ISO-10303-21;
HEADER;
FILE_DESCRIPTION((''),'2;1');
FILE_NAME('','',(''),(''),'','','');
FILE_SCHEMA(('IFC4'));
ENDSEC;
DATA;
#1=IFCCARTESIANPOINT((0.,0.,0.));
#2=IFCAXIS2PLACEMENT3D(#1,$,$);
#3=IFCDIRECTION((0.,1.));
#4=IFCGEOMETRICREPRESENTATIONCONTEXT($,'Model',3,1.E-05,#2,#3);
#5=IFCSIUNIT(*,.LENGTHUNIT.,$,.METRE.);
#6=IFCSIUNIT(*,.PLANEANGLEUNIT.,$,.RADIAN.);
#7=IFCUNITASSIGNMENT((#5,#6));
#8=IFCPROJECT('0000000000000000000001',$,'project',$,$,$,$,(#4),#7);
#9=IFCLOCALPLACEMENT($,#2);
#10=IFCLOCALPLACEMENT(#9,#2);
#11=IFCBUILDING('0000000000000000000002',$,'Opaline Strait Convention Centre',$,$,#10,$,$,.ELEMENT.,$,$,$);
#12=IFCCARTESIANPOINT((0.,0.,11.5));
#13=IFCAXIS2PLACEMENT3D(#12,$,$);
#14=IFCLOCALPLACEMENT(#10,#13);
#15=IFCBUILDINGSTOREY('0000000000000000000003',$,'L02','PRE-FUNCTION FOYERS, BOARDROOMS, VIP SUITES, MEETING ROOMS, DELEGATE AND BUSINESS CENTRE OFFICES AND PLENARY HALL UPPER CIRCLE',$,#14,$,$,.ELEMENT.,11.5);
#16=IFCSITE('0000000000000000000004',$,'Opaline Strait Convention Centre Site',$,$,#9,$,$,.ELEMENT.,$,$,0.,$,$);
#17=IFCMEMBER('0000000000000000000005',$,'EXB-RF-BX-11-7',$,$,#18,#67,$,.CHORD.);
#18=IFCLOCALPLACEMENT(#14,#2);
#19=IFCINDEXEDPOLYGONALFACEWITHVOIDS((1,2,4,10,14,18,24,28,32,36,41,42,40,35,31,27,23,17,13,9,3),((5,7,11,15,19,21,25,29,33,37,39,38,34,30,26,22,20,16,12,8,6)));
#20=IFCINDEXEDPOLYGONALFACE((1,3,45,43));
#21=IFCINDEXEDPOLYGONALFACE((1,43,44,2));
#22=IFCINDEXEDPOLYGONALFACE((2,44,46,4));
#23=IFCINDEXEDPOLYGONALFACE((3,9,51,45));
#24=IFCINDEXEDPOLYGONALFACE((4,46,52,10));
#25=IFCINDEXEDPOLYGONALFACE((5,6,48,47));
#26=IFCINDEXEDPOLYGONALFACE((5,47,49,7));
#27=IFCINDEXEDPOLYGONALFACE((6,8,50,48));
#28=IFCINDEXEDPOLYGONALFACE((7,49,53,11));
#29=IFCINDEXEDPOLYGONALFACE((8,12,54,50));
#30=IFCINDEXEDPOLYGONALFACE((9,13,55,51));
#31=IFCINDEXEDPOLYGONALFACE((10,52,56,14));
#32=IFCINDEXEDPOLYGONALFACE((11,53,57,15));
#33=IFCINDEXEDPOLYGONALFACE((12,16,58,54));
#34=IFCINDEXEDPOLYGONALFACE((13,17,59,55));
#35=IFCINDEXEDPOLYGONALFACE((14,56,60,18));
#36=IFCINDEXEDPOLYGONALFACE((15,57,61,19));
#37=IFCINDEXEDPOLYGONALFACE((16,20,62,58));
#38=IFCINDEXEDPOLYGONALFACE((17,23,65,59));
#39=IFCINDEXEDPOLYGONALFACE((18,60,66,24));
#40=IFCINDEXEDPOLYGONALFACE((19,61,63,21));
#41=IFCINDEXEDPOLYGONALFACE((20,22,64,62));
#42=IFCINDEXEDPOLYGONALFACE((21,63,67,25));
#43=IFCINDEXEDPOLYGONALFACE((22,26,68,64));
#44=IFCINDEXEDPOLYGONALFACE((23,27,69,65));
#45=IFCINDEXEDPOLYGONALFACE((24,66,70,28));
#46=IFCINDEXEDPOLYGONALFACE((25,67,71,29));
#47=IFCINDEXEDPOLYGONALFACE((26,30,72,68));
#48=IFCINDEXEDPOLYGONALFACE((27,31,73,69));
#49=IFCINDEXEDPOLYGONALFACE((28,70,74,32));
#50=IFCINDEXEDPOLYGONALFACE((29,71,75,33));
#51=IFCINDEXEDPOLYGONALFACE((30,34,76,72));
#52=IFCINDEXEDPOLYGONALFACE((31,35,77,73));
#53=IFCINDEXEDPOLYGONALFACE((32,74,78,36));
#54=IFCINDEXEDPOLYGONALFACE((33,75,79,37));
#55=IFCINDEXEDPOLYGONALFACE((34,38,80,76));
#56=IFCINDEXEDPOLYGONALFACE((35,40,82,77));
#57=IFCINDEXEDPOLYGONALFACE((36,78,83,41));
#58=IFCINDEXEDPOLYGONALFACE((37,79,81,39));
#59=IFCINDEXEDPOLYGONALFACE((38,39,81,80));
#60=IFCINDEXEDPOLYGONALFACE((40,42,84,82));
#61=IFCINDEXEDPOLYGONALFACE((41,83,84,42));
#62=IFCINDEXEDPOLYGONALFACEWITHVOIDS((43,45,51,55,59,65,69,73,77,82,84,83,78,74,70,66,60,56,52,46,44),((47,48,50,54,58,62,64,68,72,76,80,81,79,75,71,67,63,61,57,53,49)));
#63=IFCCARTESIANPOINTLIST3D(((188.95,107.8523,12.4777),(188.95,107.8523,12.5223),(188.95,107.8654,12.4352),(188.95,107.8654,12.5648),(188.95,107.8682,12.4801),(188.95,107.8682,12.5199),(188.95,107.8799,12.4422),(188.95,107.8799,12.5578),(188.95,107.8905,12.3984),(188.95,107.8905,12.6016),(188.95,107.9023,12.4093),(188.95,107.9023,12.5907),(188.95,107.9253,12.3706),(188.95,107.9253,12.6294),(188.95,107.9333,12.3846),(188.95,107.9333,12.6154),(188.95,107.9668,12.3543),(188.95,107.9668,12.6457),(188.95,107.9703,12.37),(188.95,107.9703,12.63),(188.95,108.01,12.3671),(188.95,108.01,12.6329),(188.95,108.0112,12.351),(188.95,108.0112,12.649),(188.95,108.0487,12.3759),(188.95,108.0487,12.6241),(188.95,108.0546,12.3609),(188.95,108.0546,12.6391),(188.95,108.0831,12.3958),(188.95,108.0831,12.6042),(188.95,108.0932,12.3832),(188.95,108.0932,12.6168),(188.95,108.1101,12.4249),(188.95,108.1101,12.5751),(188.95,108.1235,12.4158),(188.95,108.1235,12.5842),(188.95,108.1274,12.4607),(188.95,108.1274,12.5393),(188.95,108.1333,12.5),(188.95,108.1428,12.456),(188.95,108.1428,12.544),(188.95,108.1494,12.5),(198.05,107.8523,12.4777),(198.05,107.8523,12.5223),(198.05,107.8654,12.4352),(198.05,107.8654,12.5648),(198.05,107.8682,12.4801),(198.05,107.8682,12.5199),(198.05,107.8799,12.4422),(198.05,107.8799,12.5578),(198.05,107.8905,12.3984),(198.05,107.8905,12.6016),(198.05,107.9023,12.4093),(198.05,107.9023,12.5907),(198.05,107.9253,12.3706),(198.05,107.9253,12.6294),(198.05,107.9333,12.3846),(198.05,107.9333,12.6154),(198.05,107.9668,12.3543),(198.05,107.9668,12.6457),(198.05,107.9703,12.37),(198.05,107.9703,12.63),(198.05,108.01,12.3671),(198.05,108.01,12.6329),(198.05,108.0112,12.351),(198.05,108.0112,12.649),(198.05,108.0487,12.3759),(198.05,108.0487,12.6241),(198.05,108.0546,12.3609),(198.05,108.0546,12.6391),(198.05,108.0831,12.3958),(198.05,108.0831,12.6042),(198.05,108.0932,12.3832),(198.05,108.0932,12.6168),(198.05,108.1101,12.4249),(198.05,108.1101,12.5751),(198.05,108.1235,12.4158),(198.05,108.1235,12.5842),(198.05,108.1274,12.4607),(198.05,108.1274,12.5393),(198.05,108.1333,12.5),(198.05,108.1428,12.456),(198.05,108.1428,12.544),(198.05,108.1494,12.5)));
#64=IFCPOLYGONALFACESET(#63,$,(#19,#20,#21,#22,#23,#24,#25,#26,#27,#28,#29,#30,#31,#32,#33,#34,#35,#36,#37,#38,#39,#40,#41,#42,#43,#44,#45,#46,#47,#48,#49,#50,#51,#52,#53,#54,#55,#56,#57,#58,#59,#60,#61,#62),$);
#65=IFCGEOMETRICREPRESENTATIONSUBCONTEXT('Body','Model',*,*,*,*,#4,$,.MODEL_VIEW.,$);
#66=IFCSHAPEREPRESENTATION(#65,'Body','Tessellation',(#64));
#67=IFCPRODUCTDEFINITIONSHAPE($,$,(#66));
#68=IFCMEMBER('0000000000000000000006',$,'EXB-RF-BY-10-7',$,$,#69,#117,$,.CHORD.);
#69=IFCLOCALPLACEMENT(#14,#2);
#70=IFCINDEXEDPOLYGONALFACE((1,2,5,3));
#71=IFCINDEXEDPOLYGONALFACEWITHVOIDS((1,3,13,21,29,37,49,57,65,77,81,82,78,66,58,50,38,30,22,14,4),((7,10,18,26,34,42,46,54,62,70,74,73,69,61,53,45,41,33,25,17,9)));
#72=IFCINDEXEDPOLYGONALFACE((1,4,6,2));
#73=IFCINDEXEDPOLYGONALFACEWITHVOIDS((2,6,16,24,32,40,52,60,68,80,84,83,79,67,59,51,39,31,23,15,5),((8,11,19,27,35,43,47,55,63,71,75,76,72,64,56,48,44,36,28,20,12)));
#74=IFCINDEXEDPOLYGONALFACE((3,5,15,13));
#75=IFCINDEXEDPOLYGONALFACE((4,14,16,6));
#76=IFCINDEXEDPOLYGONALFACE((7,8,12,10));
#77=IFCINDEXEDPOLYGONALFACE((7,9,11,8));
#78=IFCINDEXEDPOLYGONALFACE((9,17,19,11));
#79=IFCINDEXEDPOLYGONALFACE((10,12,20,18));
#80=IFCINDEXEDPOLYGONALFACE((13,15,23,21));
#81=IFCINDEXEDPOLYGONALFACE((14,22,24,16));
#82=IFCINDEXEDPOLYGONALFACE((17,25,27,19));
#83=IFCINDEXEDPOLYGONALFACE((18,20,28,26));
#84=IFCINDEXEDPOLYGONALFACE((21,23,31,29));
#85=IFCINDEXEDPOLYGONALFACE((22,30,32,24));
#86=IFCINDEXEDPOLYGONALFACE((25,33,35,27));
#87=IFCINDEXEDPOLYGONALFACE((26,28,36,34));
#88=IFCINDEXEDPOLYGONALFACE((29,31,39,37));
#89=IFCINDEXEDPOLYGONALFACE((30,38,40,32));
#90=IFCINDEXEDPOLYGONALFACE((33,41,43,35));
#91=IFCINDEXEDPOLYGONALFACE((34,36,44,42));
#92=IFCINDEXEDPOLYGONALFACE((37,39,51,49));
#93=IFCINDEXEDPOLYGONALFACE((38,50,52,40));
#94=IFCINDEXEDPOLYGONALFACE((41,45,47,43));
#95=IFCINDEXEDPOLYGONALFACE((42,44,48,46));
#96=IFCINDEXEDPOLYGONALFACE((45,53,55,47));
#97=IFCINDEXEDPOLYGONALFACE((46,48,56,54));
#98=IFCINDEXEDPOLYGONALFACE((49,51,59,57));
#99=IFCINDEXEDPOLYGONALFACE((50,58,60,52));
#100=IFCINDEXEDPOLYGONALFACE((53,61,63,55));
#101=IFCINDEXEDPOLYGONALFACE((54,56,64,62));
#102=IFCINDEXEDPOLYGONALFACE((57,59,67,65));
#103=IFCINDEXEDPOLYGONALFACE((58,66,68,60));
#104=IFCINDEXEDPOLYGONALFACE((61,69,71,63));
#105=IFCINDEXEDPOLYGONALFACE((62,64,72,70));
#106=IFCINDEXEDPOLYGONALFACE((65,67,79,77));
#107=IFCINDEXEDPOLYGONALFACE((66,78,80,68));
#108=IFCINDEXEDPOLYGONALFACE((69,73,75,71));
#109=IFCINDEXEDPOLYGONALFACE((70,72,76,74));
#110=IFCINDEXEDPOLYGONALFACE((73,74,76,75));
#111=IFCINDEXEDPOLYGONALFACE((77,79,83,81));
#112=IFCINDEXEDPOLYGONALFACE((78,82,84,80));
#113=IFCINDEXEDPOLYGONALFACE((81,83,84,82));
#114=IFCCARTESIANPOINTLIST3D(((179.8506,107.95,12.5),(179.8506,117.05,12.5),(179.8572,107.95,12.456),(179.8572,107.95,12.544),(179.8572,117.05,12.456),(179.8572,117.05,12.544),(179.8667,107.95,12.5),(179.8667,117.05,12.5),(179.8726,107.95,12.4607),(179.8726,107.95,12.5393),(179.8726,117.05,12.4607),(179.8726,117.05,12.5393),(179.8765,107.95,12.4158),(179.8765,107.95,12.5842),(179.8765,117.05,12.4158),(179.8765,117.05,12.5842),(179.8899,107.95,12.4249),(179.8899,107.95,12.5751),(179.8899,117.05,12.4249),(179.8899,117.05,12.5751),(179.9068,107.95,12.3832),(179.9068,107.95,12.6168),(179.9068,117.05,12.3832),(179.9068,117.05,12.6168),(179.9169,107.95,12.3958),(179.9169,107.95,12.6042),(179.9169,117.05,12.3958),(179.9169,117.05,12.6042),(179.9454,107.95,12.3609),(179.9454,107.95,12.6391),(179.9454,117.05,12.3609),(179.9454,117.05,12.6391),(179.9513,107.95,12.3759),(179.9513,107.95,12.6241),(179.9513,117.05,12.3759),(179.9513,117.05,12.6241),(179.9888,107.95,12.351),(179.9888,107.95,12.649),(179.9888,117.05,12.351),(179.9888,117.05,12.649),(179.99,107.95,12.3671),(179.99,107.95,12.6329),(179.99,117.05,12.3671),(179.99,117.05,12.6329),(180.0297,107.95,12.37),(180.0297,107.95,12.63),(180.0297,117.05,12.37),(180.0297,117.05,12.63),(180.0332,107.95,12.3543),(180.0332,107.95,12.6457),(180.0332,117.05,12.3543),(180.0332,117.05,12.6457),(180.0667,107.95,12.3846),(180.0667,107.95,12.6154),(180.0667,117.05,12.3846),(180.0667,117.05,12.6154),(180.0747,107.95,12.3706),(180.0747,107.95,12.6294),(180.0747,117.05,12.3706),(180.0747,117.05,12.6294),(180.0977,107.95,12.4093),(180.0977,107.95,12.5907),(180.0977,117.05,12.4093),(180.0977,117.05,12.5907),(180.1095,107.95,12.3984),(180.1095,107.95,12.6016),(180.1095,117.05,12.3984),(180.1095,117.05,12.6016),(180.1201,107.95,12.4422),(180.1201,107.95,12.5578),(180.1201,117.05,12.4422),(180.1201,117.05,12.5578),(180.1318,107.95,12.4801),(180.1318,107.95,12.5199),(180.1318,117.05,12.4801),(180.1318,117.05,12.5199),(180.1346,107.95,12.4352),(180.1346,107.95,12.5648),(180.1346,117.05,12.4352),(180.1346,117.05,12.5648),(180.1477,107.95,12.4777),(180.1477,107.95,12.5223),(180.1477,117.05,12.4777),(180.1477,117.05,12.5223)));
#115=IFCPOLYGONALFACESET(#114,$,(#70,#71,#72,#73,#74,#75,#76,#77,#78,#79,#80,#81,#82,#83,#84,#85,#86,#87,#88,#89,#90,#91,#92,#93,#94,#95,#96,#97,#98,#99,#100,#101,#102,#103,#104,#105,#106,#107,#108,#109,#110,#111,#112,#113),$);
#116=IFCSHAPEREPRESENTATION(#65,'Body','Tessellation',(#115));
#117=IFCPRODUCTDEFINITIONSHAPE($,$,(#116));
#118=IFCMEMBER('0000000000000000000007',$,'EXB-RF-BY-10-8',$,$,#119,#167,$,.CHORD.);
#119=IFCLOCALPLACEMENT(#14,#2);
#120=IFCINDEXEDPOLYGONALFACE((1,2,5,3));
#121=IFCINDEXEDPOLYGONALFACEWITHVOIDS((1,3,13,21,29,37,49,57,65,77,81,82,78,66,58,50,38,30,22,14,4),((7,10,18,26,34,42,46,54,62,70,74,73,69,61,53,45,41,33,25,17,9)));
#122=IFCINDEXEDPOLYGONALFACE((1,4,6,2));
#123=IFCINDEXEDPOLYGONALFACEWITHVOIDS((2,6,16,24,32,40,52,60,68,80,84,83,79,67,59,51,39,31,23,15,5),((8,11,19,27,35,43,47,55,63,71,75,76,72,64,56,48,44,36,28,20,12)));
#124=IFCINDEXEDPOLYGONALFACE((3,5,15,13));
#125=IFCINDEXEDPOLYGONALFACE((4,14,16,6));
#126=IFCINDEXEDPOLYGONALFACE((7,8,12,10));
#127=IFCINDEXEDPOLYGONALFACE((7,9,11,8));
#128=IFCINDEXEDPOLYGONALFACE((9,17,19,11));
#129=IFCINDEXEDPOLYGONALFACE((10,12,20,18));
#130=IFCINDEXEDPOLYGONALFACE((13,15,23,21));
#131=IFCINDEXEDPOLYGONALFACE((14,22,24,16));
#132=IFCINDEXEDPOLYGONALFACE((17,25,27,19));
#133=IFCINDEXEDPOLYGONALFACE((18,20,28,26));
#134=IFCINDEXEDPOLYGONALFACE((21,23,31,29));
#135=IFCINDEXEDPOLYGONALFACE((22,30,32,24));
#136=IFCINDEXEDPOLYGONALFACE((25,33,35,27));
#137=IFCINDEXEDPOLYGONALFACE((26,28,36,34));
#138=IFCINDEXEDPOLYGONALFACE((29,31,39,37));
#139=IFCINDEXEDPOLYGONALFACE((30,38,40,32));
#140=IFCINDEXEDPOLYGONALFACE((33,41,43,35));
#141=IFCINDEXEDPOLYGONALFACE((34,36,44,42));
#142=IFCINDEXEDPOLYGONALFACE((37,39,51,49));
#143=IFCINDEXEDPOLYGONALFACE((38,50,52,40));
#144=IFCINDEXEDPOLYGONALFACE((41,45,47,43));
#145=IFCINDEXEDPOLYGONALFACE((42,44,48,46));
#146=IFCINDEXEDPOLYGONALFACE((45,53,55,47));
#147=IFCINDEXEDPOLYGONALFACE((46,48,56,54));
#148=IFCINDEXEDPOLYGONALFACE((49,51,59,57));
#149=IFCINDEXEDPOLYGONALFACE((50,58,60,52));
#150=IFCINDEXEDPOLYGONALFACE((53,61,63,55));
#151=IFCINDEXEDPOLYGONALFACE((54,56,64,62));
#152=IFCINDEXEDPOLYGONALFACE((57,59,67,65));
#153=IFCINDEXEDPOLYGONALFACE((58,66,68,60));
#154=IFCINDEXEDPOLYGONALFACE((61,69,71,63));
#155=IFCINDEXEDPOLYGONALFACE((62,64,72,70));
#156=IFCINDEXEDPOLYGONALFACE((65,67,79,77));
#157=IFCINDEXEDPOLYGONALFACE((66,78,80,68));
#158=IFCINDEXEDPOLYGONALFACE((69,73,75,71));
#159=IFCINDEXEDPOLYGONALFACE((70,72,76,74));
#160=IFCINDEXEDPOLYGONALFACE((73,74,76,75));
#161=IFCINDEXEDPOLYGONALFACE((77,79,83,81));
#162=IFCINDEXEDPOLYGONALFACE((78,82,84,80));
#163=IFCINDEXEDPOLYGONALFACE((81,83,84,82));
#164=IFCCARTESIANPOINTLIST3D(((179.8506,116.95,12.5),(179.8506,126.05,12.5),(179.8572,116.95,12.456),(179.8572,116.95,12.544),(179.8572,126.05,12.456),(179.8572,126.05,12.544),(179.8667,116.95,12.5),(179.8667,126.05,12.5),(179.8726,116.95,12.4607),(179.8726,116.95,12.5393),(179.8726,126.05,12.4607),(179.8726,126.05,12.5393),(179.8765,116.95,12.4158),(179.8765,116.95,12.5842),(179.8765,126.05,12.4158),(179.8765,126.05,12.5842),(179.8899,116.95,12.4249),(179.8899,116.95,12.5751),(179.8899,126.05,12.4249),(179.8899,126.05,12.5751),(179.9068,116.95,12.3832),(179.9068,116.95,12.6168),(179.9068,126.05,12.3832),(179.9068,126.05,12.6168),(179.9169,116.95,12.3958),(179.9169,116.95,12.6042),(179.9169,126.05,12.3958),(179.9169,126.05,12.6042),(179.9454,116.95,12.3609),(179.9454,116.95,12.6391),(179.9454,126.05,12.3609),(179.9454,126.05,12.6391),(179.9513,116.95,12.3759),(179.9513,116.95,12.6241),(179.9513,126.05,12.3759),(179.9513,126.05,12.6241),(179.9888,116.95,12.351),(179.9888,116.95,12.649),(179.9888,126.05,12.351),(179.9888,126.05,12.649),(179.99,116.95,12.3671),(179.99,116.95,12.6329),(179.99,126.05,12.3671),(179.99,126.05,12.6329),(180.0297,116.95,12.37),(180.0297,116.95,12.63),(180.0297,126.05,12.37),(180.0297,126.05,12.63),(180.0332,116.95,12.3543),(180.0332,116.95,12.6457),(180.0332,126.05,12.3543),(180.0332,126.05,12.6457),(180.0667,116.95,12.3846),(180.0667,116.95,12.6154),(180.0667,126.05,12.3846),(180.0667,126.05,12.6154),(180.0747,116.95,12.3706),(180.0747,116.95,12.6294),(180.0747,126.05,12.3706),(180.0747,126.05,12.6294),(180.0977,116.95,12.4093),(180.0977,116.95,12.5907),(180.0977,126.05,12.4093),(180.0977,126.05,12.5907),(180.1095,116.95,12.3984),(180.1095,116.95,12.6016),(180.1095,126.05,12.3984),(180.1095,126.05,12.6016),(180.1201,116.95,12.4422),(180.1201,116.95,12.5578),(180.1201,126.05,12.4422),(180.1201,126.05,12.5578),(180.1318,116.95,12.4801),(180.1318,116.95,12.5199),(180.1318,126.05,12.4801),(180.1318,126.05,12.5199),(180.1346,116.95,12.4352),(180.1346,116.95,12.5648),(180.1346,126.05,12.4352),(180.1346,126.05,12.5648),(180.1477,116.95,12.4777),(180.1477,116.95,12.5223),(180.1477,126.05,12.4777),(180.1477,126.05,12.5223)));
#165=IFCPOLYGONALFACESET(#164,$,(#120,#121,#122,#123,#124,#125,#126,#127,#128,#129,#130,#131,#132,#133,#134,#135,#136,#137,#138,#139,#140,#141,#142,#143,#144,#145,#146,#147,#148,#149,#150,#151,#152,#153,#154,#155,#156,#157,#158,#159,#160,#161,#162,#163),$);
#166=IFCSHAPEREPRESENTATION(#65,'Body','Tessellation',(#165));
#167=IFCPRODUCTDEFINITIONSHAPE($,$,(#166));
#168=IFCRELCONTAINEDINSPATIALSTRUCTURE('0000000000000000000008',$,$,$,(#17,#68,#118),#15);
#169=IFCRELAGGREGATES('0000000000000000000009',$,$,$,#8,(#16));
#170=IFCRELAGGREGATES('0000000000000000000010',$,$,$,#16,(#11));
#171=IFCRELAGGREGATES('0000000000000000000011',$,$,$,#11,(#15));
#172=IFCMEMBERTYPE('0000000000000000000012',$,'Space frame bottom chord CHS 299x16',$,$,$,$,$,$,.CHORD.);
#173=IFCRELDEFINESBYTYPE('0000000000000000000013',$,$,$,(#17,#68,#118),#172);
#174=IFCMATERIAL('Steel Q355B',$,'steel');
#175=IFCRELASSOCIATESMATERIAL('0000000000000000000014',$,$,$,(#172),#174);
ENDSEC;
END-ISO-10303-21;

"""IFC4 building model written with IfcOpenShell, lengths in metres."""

from ifc_helpers import new_model, si_unit, direction, frame, origin, origin_2d, place, context, subcontext, project, spatial, hollow_circle, extrude, material, material_profile, profile_set, type_object, element, save


model = new_model("IFC4")

# Units and contexts
model_context = context("Model", 3, precision=1e-05, world=origin(), true_north=direction((0.0, 1.0)))
body_context = subcontext(model_context, "Body", "Model", "MODEL_VIEW")
ifc_project = project(units=[si_unit("LENGTHUNIT", "METRE"), si_unit("PLANEANGLEUNIT", "RADIAN")], contexts=[model_context])

# Site, building, storey
site_placement = place(None, origin())
site = spatial("IfcSite", under=ifc_project, at=site_placement, Name="Opaline Strait Convention Centre Site", CompositionType="ELEMENT", RefElevation=0.0)
building_placement = place(site_placement, origin())
building = spatial("IfcBuilding", under=site, at=building_placement, Name="Opaline Strait Convention Centre", CompositionType="ELEMENT")
storey_placement = place(building_placement, frame((0.0, 0.0, 11.5)))
storey = spatial("IfcBuildingStorey", under=building, at=storey_placement, Name="L02", Description="PRE-FUNCTION FOYERS, BOARDROOMS, VIP SUITES, MEETING ROOMS, DELEGATE AND BUSINESS CENTRE OFFICES AND PLENARY HALL UPPER CIRCLE", CompositionType="ELEMENT", Elevation=11.5)

# Members
ifc_material = material(Name="Steel Q355B", Category="steel")
ifc_material_profile_1 = material_profile(ifc_material, hollow_circle(Radius=0.1494, WallThickness=0.0161, at=origin_2d()), Name="CHS 299x16")
ifc_profile_set_1 = profile_set([ifc_material_profile_1], Name="Steel Q355B")
member_type_1 = type_object("IfcMemberType", Name="Space frame bottom chord CHS 299x16", PredefinedType="CHORD", material=ifc_profile_set_1)
for number, where, z_axis, x_axis, name in (
    (1, (188.95, 108.0, 12.5), (1.0, 0.0, 0.0), (0.0, 1.0, 0.0), "EXB-RF-BX-11-7"),
    (2, (180.0, 107.95, 12.5), (0.0, 1.0, 0.0), (-1.0, 0.0, 0.0), "EXB-RF-BY-10-7"),
    (3, (180.0, 116.95, 12.5), (0.0, 1.0, 0.0), (-1.0, 0.0, 0.0), "EXB-RF-BY-10-8"),
):
    element("IfcMember", number, at=place(storey_placement, frame(where, z_axis=z_axis, x_axis=x_axis)), inside=storey, type_object=member_type_1, Name=name, PredefinedType="CHORD", context=body_context, shape_type="SweptSolid", body=[
        extrude(hollow_circle(Radius=0.1494, WallThickness=0.0161, at=origin_2d()), origin(), (0.0, 0.0, 1.0), 9.1001),
    ])

save(model, "model.ifc")
